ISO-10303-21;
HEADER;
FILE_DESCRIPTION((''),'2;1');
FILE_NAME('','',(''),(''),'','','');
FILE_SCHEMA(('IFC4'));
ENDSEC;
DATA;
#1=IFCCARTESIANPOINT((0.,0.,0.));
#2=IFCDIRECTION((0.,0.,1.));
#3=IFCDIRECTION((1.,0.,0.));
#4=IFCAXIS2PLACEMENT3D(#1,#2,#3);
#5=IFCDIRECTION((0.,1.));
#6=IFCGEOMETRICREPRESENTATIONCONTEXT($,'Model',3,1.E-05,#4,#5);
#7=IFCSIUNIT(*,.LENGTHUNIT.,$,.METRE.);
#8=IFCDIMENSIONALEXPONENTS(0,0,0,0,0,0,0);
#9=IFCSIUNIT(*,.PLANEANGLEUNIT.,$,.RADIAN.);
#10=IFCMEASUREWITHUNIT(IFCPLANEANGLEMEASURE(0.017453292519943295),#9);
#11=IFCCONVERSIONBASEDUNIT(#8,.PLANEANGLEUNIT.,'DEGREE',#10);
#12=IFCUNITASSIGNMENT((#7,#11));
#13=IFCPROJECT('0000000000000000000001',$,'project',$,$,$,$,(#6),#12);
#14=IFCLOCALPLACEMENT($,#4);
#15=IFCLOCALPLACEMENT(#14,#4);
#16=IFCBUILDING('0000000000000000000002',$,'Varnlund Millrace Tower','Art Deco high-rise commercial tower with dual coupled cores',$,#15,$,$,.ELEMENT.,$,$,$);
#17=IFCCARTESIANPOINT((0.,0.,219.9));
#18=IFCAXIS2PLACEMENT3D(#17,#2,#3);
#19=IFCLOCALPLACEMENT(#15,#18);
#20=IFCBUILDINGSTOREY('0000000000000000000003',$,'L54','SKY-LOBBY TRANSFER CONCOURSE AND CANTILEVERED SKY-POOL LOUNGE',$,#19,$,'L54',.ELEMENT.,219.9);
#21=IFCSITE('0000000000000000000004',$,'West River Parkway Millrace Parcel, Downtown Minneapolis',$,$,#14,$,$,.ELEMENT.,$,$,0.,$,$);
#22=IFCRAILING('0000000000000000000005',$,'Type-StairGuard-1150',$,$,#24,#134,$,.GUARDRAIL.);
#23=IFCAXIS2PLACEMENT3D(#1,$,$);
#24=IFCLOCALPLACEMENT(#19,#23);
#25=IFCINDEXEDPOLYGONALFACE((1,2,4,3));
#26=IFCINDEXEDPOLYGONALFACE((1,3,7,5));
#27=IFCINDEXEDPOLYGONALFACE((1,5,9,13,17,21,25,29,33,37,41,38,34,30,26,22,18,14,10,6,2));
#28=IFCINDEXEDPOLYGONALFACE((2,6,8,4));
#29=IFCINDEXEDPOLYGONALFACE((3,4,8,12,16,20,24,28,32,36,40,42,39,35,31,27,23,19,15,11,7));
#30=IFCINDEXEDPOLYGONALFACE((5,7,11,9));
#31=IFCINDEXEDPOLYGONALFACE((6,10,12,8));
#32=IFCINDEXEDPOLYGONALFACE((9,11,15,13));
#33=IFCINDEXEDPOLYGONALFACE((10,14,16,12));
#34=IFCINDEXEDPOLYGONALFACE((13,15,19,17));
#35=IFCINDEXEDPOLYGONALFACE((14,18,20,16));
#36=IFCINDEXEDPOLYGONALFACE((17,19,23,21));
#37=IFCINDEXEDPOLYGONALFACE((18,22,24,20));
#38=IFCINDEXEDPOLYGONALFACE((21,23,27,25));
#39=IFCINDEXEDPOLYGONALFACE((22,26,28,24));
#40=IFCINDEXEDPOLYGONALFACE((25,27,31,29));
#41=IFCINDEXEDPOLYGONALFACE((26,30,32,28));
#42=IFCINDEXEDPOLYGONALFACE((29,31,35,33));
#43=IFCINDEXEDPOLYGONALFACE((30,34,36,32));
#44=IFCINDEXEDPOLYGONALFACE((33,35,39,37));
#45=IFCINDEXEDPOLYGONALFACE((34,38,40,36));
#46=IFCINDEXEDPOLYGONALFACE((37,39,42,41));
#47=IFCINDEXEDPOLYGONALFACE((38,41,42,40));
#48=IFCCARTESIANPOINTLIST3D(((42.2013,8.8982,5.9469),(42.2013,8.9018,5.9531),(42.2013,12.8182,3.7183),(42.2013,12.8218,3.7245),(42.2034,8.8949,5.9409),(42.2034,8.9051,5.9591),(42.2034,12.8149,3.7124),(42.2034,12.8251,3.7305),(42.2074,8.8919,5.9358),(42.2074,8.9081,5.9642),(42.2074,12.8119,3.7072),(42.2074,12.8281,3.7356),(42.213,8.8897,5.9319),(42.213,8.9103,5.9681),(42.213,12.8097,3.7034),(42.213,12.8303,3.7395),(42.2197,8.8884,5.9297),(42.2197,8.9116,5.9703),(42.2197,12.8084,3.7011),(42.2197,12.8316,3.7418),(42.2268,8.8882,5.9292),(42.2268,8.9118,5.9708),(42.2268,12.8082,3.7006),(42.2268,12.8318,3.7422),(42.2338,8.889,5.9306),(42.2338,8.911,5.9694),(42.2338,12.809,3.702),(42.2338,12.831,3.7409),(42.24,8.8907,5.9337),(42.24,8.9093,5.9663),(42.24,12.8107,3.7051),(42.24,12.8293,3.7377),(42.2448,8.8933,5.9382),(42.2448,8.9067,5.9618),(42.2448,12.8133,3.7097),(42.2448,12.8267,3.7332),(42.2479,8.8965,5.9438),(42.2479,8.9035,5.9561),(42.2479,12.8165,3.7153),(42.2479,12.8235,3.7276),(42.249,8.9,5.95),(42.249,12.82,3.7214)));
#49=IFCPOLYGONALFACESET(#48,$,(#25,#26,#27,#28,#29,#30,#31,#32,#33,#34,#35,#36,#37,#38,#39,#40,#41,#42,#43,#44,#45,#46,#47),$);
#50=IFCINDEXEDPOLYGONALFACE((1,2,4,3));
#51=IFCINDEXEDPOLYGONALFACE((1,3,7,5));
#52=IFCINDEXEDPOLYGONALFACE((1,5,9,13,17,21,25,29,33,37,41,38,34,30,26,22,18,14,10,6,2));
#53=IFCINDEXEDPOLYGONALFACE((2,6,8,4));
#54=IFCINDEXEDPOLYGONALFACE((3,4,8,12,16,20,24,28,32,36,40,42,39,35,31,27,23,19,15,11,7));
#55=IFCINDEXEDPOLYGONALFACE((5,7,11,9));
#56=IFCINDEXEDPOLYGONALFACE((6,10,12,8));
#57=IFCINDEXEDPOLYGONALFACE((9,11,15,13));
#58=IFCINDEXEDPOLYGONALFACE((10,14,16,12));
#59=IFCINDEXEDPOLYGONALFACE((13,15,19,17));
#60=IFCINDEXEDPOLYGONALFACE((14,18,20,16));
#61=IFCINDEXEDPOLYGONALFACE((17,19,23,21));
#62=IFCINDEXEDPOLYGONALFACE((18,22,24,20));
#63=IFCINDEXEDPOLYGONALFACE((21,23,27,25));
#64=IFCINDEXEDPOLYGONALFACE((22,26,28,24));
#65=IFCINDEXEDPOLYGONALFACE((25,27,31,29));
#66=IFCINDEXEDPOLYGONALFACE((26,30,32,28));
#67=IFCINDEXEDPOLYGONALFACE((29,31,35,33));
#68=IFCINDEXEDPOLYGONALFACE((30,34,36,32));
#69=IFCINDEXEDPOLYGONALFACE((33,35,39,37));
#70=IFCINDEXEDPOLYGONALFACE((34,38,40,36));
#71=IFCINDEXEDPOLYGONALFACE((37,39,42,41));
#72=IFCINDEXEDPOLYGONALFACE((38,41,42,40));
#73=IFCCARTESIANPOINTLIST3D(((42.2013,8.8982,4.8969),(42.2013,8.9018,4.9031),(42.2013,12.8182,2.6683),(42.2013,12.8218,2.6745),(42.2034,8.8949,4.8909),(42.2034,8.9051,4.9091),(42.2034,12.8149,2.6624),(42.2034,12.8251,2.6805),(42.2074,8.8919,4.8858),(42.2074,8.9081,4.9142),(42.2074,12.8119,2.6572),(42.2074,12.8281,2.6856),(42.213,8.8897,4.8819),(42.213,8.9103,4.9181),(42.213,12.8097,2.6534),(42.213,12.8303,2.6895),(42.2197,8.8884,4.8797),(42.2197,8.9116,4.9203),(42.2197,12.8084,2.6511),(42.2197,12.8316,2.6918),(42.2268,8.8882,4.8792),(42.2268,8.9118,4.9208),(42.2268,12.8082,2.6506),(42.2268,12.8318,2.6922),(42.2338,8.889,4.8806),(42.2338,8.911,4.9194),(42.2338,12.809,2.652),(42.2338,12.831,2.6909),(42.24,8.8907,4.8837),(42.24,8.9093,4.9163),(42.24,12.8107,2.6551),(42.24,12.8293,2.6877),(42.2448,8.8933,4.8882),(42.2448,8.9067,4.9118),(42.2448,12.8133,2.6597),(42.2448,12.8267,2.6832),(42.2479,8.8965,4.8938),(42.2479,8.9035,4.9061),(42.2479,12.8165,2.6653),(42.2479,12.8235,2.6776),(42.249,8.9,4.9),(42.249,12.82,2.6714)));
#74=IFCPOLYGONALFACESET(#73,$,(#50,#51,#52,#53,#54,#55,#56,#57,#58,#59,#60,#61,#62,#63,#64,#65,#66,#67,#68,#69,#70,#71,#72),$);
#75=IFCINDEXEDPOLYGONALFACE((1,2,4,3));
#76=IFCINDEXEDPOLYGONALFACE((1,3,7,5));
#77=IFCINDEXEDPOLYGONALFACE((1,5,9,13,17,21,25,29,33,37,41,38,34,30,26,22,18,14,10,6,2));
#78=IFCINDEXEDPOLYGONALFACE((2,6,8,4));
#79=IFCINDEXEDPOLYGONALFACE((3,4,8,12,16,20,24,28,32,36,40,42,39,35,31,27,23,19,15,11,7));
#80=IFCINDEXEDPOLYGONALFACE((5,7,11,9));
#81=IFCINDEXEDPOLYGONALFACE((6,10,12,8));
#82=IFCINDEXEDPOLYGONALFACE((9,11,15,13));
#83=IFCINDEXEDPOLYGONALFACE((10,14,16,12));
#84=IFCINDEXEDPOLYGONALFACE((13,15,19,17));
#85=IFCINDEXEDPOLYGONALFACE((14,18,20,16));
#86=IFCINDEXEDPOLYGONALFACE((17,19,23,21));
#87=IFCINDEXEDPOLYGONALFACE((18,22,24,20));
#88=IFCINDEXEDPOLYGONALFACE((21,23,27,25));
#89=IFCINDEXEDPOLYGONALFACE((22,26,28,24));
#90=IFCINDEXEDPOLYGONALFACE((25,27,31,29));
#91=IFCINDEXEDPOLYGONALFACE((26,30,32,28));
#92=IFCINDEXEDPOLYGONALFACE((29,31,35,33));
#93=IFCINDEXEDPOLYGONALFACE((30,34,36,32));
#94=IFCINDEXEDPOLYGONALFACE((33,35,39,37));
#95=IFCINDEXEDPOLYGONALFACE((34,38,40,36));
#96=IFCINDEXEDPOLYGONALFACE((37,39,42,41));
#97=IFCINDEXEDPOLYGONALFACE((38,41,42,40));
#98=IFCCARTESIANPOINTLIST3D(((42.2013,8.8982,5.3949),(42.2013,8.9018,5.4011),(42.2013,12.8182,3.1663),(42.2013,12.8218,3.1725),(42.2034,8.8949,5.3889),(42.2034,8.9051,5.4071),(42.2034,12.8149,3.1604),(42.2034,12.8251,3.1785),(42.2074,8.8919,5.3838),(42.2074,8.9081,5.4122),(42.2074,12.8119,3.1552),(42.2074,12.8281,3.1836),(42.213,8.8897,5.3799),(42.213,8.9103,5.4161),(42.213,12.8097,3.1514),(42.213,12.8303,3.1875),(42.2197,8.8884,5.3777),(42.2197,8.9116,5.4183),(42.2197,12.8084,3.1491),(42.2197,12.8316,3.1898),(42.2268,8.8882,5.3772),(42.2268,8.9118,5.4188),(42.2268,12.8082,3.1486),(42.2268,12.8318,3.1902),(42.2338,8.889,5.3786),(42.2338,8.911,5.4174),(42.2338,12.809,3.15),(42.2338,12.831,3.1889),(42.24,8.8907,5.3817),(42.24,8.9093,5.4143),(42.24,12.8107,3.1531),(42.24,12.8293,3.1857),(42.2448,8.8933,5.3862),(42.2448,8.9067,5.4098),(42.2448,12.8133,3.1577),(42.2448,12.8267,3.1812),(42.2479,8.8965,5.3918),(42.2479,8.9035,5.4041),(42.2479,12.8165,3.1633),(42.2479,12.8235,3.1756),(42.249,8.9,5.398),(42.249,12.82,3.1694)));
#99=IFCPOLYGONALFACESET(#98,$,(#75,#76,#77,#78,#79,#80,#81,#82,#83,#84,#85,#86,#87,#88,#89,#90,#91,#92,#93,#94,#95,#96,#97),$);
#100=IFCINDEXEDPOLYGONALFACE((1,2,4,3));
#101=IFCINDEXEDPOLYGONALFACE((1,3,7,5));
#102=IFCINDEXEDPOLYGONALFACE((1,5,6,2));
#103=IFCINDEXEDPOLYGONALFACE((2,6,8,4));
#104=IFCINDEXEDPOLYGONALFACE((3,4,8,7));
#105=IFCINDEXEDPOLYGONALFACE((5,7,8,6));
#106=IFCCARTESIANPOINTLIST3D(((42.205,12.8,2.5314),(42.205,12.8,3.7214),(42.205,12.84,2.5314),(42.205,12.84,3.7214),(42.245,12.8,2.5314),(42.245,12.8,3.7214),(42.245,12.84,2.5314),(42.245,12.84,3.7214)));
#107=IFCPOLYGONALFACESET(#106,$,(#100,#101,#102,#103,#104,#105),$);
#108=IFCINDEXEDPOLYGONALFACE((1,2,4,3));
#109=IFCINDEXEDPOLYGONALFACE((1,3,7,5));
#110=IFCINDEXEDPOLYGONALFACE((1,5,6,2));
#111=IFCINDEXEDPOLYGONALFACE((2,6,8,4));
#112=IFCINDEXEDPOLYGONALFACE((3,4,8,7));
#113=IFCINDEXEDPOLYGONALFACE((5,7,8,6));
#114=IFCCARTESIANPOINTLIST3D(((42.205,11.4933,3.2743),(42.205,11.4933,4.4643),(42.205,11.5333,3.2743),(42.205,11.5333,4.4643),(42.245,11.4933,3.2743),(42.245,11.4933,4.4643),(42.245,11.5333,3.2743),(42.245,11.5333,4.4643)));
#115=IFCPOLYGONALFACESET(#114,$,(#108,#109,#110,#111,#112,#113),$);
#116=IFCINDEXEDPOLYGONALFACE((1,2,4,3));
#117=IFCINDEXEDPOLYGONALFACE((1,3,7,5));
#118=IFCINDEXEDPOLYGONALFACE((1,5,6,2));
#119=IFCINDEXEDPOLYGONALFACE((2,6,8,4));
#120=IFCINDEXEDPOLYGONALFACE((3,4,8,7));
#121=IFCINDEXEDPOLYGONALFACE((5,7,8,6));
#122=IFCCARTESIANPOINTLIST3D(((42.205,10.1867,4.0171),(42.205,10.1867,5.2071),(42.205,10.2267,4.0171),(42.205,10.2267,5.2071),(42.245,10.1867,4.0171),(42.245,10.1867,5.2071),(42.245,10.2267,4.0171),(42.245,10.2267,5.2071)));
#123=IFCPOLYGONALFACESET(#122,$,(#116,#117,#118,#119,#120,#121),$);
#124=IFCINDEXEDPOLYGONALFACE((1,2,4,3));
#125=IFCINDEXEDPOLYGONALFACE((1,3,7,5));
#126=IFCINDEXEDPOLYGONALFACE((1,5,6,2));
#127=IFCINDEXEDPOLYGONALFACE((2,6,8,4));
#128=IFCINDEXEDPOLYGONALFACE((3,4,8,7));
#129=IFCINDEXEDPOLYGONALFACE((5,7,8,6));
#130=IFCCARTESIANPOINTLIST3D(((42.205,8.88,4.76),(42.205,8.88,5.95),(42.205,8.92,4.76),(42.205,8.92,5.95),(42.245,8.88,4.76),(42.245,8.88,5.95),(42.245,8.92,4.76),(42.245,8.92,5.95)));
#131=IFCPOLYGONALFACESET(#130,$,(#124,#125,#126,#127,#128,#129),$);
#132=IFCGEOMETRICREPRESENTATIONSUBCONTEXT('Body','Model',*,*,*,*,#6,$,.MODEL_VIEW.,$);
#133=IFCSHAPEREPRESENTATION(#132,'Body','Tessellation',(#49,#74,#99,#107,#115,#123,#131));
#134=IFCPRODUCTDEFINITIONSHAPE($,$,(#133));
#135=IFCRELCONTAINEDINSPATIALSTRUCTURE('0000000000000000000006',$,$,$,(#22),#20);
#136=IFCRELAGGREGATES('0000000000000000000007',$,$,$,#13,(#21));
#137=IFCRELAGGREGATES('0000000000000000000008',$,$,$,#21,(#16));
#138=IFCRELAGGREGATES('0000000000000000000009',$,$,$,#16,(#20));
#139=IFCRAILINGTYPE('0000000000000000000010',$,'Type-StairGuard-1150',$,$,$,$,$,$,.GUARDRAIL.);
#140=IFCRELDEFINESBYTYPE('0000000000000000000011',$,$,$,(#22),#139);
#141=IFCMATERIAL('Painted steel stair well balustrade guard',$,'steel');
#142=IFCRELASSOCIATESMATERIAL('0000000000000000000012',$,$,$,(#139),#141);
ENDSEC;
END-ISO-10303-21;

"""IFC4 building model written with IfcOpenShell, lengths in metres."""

from ifc_helpers import new_model, entity, si_unit, converted_unit, direction, frame, origin_with_axes, origin_2d_with_axis, place, context, subcontext, project, spatial, rectangle, circle, extrude, material, type_object, element, save


model = new_model("IFC4")

# Units and contexts
model_context = context("Model", 3, precision=1e-05, world=origin_with_axes(), true_north=direction((0.0, 1.0)))
body_context = subcontext(model_context, "Body", "Model", "MODEL_VIEW")
ifc_project = project(units=[si_unit("LENGTHUNIT", "METRE"), converted_unit("PLANEANGLEUNIT", "DEGREE", entity("IfcPlaneAngleMeasure", 0.017453292519943295), si_unit("PLANEANGLEUNIT", "RADIAN"), dimensions=[0, 0, 0, 0, 0, 0, 0])], contexts=[model_context])

# Site, building, storey
site_placement = place(None, origin_with_axes())
site = spatial("IfcSite", under=ifc_project, at=site_placement, Name="West River Parkway Millrace Parcel, Downtown Minneapolis", CompositionType="ELEMENT", RefElevation=0.0)
building_placement = place(site_placement, origin_with_axes())
building = spatial("IfcBuilding", under=site, at=building_placement, Name="Varnlund Millrace Tower", Description="Art Deco high-rise commercial tower with dual coupled cores", CompositionType="ELEMENT")
storey_placement = place(building_placement, frame((0.0, 0.0, 219.9), z_axis=(0.0, 0.0, 1.0), x_axis=(1.0, 0.0, 0.0)))
storey = spatial("IfcBuildingStorey", under=building, at=storey_placement, Name="L54", Description="SKY-LOBBY TRANSFER CONCOURSE AND CANTILEVERED SKY-POOL LOUNGE", LongName="L54", CompositionType="ELEMENT", Elevation=219.9)

# Railing
ifc_material_1 = material(Name="Painted steel stair well balustrade guard", Category="steel")
railing_type_1 = type_object("IfcRailingType", Name="Type-StairGuard-1150", PredefinedType="GUARDRAIL", material=ifc_material_1)
railing_1_placement = place(storey_placement, frame((0.0, 0.0, -219.9), z_axis=(0.0, 0.0, 1.0), x_axis=(1.0, 0.0, 0.0)))
element("IfcRailing", 1, at=railing_1_placement, inside=storey, type_object=railing_type_1, Name="Type-StairGuard-1150", PredefinedType="GUARDRAIL", context=body_context, shape_type="SweptSolid", body=[
    extrude(circle(Radius=0.024, at=origin_2d_with_axis()), frame((42.225, 12.82, 223.6214), z_axis=(0.0, -0.869333, 0.494227), x_axis=(1.0, 0.0, 0.0)), (0.0, 0.0, 1.0), 4.5092),
    extrude(circle(Radius=0.024, at=origin_2d_with_axis()), frame((42.225, 12.82, 222.5714), z_axis=(0.0, -0.869333, 0.494227), x_axis=(1.0, 0.0, 0.0)), (0.0, 0.0, 1.0), 4.5092),
    extrude(circle(Radius=0.024, at=origin_2d_with_axis()), frame((42.225, 12.82, 223.0694), z_axis=(0.0, -0.869333, 0.494227), x_axis=(1.0, 0.0, 0.0)), (0.0, 0.0, 1.0), 4.5092),
    extrude(rectangle(XDim=0.04, YDim=0.04, at=origin_2d_with_axis()), frame((42.225, 12.82, 222.4314), z_axis=(0.0, 0.0, 1.0), x_axis=(1.0, 0.0, 0.0)), (0.0, 0.0, 1.0), 1.19),
    extrude(rectangle(XDim=0.04, YDim=0.04, at=origin_2d_with_axis()), frame((42.225, 11.5133, 223.1743), z_axis=(0.0, 0.0, 1.0), x_axis=(1.0, 0.0, 0.0)), (0.0, 0.0, 1.0), 1.19),
    extrude(rectangle(XDim=0.04, YDim=0.04, at=origin_2d_with_axis()), frame((42.225, 10.2067, 223.9171), z_axis=(0.0, 0.0, 1.0), x_axis=(1.0, 0.0, 0.0)), (0.0, 0.0, 1.0), 1.19),
    extrude(rectangle(XDim=0.04, YDim=0.04, at=origin_2d_with_axis()), frame((42.225, 8.9, 224.66), z_axis=(0.0, 0.0, 1.0), x_axis=(1.0, 0.0, 0.0)), (0.0, 0.0, 1.0), 1.19),
])

save(model, "model.ifc")
